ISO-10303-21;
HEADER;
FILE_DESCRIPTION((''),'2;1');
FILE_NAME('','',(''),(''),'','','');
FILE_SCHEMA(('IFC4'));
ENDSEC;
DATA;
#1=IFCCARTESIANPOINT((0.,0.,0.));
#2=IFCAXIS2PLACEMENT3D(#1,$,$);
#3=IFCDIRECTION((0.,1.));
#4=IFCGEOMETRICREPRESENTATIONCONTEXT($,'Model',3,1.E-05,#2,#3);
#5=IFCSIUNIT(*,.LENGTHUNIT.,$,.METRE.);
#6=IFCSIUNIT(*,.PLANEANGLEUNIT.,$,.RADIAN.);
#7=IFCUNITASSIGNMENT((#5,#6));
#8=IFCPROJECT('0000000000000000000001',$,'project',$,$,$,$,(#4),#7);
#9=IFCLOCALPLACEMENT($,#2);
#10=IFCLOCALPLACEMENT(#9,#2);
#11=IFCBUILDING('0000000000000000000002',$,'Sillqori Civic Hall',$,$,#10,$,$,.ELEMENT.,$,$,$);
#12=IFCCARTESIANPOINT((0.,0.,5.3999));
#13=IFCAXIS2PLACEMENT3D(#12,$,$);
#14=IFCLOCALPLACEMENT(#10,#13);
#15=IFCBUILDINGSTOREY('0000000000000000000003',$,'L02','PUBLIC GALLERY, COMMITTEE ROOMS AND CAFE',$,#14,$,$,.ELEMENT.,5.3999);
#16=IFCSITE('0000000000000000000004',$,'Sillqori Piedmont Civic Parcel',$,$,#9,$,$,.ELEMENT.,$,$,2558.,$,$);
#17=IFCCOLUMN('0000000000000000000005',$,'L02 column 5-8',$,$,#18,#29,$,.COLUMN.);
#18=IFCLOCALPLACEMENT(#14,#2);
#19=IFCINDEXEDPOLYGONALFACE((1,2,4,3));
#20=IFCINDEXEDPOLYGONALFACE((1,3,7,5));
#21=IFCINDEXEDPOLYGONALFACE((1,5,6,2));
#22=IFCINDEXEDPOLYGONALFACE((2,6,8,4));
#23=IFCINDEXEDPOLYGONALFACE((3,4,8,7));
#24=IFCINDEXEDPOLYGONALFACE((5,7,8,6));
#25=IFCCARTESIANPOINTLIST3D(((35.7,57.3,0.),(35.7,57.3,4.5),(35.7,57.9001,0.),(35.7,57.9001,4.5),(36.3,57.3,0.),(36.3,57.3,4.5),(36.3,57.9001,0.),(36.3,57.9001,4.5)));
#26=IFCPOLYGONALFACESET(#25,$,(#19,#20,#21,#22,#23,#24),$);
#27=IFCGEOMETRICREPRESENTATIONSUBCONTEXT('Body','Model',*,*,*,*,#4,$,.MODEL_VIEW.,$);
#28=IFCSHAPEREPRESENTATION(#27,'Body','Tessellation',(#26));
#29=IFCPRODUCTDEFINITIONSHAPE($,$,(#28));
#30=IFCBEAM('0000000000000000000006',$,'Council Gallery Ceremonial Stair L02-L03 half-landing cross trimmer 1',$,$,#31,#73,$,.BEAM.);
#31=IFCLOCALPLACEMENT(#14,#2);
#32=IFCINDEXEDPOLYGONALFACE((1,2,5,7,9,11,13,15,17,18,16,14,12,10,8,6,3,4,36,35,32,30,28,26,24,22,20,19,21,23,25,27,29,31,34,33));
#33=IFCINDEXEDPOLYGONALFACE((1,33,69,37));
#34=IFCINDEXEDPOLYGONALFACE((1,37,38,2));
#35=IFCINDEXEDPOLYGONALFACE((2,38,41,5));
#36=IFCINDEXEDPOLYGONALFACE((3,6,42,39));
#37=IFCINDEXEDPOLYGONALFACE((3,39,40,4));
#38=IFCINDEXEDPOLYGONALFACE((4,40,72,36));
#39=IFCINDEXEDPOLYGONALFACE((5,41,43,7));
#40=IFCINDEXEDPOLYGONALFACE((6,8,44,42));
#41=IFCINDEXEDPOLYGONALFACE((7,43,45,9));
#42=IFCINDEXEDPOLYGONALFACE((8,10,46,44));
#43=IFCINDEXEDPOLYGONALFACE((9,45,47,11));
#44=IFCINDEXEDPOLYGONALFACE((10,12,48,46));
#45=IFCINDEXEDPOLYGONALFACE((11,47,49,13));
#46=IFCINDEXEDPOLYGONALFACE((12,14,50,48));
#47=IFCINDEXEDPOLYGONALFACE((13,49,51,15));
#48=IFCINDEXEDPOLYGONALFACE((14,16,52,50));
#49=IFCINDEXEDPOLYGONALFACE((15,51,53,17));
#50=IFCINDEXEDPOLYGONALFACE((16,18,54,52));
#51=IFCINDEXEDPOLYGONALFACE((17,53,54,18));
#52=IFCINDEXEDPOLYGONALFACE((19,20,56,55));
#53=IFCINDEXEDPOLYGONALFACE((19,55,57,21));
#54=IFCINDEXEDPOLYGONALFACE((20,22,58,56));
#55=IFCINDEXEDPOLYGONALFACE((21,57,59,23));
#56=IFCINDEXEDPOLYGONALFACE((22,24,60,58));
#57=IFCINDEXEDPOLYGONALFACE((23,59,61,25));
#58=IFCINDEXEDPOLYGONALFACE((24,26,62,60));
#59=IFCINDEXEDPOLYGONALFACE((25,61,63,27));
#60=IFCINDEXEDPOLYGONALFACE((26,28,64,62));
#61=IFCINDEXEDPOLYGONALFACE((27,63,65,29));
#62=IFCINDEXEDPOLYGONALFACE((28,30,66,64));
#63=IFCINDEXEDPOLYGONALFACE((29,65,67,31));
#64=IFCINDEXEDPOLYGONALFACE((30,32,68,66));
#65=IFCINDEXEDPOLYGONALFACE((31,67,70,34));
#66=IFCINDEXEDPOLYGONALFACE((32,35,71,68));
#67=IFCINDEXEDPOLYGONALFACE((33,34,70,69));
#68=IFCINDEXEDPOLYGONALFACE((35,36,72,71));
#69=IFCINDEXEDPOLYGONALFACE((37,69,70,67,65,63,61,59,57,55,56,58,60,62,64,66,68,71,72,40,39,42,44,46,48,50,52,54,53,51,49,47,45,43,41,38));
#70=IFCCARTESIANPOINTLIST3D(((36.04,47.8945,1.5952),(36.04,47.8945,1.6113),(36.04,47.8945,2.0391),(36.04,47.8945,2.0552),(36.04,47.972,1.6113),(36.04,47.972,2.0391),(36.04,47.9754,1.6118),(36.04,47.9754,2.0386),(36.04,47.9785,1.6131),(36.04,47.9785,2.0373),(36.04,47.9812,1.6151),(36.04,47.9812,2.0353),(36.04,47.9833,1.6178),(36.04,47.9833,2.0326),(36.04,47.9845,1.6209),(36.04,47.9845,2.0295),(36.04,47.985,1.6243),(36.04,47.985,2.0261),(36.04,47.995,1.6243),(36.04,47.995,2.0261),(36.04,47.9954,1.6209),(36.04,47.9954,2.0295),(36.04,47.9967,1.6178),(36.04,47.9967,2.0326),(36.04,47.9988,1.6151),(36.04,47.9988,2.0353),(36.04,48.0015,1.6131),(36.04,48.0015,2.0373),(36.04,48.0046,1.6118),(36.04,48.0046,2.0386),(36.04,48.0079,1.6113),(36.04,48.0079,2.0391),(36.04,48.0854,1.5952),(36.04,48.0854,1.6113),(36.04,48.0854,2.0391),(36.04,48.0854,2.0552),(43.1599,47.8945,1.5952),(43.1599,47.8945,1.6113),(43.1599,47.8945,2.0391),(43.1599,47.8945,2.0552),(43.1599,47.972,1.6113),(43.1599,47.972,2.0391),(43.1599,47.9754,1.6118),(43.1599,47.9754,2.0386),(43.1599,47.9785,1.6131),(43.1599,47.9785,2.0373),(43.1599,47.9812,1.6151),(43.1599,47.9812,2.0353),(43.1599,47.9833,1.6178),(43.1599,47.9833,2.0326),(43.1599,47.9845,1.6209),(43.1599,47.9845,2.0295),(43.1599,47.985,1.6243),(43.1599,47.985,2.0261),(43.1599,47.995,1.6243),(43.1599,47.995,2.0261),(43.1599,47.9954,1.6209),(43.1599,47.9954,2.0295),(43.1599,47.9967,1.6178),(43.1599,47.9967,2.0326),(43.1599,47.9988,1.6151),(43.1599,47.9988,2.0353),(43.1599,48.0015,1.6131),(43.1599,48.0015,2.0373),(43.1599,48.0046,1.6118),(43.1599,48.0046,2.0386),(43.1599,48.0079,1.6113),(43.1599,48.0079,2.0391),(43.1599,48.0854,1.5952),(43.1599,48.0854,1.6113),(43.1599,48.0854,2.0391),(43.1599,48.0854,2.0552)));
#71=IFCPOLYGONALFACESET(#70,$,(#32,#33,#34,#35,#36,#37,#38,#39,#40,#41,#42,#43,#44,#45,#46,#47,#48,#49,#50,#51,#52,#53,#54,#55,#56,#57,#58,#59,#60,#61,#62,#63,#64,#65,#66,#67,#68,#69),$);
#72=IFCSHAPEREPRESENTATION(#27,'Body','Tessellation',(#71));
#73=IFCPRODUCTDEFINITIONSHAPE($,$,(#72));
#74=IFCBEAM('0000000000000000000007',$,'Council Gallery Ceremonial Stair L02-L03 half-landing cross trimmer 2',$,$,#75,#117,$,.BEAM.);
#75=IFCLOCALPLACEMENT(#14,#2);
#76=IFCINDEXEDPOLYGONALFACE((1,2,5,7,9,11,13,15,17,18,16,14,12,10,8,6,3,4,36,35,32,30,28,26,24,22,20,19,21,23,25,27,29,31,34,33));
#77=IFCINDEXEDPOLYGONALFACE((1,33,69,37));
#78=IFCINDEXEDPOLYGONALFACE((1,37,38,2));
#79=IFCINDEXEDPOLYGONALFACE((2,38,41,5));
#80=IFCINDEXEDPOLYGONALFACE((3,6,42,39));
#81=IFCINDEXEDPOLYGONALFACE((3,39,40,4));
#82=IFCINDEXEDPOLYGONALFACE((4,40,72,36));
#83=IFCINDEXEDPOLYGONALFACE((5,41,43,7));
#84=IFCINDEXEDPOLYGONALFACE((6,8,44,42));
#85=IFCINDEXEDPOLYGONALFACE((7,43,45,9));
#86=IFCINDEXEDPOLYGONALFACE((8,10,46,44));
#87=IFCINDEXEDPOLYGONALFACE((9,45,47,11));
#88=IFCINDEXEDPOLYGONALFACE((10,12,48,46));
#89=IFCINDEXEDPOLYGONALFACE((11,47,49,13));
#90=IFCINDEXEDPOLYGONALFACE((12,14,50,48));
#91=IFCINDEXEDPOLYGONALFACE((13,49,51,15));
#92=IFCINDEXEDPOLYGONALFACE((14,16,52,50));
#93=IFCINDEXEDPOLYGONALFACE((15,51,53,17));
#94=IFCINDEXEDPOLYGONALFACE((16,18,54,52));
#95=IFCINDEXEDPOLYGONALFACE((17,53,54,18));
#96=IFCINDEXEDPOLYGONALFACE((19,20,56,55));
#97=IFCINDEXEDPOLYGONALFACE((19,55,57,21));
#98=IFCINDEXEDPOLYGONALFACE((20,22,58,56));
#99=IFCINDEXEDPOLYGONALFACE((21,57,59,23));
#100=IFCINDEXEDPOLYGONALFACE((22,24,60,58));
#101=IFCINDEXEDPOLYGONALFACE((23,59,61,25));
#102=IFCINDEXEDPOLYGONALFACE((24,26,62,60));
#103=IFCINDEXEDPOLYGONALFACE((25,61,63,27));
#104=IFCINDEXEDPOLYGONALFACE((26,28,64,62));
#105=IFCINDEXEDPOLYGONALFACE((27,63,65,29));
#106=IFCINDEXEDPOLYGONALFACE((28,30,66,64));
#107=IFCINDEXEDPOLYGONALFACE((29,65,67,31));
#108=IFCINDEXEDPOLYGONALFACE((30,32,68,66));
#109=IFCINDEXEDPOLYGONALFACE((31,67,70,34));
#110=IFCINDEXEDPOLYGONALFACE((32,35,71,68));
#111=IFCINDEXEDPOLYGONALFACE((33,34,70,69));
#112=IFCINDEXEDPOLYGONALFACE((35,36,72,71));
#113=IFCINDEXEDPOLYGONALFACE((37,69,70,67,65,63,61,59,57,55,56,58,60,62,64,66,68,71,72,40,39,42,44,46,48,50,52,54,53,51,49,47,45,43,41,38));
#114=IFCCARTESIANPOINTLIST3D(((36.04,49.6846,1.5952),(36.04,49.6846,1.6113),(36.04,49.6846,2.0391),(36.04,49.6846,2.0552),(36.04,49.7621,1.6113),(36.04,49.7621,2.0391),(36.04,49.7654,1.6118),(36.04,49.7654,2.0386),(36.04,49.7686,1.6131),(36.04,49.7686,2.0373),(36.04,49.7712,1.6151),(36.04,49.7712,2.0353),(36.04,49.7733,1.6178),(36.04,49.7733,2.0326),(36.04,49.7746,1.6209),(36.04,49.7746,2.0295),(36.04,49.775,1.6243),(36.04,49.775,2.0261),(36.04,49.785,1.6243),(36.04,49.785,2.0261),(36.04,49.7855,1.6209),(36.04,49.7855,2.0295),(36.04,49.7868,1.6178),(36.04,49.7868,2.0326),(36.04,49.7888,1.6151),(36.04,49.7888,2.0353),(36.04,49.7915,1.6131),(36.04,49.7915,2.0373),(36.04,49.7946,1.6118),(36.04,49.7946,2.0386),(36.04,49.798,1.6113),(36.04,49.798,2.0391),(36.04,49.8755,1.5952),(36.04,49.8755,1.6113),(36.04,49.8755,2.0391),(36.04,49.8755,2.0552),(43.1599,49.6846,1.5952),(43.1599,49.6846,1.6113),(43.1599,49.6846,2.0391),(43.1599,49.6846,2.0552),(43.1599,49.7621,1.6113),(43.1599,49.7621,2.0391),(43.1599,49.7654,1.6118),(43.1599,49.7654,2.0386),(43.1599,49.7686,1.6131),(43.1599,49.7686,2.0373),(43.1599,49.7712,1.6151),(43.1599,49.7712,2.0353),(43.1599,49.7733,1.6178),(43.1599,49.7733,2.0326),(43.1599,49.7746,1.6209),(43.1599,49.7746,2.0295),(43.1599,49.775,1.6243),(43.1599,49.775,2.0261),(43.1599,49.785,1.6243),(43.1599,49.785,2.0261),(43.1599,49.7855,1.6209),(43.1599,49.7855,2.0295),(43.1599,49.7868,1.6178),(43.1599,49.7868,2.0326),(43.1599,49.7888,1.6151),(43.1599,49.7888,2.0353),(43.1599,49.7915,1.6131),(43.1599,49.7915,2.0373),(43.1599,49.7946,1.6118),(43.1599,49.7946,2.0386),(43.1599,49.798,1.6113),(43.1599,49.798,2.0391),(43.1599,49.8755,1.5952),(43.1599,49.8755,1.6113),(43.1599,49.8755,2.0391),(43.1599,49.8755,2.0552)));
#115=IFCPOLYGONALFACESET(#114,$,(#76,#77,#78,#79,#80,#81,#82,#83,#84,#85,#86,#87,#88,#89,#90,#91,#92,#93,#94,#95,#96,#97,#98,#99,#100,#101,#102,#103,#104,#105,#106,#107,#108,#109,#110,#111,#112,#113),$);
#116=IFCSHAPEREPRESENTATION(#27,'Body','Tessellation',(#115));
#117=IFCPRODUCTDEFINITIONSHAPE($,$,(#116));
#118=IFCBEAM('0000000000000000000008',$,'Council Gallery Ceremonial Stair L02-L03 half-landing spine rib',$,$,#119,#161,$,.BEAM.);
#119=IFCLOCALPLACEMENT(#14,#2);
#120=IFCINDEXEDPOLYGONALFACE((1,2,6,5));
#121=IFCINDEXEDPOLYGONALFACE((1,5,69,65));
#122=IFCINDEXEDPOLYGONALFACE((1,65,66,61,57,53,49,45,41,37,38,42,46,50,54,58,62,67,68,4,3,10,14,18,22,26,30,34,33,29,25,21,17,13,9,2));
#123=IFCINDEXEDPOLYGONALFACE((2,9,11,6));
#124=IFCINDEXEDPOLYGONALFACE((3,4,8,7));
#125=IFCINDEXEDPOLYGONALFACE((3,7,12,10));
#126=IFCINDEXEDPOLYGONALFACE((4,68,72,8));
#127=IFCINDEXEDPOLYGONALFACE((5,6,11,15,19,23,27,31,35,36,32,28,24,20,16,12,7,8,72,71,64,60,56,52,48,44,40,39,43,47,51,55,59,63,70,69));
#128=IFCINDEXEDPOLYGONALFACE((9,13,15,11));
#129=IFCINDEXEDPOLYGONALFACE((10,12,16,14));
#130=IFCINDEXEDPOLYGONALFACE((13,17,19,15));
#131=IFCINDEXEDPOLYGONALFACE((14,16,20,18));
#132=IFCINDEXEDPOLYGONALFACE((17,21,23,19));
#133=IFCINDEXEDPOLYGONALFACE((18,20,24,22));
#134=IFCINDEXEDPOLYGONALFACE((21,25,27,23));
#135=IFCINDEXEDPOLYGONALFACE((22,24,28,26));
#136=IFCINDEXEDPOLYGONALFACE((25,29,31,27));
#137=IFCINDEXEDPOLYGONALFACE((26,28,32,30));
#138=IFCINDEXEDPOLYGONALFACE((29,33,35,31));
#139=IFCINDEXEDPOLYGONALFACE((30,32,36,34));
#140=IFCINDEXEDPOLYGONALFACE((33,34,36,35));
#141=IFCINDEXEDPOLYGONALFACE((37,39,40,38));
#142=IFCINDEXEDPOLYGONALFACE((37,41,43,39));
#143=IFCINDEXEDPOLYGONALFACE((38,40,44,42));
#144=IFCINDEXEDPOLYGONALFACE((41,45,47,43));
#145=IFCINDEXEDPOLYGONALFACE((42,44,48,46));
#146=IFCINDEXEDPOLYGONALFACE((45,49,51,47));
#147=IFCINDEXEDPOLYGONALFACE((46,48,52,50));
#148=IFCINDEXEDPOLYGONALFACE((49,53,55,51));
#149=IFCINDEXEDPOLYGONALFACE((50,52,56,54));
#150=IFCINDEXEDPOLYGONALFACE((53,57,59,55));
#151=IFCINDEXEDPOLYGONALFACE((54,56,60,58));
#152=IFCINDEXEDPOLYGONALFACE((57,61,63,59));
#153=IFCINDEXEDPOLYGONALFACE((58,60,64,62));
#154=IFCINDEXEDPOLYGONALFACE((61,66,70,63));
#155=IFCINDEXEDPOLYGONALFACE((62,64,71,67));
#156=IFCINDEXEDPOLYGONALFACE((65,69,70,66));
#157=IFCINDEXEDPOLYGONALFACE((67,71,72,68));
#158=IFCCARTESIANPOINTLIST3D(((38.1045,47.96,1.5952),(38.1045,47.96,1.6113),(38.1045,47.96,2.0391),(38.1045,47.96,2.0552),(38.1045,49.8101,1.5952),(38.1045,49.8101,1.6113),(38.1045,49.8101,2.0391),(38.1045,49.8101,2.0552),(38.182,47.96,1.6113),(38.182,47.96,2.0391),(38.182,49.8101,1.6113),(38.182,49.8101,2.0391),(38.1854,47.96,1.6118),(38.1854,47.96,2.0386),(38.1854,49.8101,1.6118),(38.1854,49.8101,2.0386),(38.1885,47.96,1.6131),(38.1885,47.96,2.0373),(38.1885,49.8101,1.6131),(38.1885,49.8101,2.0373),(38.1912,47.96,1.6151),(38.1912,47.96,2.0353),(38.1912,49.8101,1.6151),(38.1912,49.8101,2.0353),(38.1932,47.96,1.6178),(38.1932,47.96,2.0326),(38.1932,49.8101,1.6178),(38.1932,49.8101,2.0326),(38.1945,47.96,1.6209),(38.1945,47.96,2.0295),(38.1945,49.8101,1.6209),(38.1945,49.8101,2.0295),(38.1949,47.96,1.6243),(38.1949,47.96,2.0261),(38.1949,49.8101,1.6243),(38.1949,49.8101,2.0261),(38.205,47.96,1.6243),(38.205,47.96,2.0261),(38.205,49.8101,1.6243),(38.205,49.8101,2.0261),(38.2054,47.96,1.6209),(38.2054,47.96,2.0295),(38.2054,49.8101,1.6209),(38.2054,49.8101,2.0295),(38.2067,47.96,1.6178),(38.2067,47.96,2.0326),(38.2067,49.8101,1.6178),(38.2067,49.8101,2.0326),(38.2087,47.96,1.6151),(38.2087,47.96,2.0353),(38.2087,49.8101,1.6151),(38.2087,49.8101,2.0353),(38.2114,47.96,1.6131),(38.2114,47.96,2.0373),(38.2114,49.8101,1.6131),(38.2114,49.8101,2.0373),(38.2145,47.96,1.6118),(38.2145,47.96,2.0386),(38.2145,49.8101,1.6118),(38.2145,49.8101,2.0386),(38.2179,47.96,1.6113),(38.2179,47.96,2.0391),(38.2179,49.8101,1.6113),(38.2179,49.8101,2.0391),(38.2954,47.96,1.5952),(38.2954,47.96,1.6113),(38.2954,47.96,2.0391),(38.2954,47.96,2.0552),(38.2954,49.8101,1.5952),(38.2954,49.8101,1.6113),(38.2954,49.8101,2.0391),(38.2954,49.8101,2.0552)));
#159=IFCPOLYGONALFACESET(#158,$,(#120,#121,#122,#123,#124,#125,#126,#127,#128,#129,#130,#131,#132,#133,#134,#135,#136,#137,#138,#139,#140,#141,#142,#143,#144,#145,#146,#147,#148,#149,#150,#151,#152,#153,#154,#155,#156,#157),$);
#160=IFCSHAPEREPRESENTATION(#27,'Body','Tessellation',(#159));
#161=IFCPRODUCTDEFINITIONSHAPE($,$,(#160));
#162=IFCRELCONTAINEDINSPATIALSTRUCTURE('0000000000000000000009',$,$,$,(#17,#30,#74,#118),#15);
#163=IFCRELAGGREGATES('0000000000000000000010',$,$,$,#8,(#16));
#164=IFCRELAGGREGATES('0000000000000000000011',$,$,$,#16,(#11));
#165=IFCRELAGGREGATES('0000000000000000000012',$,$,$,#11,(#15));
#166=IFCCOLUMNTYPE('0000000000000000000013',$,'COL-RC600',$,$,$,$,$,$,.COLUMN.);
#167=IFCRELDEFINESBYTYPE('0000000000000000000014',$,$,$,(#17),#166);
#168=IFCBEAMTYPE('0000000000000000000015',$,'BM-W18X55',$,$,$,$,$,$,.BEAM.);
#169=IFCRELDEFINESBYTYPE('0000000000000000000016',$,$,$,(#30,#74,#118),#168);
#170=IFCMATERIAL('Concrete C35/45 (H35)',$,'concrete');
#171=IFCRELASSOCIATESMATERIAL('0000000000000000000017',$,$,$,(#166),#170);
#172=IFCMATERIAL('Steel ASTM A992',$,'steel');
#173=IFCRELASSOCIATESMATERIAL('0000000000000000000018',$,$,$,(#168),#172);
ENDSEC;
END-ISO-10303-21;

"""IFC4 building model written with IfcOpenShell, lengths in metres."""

from ifc_helpers import new_model, si_unit, direction, frame, origin, origin_2d, place, context, subcontext, project, spatial, rectangle, i_section, extrude, material, material_profile, profile_set, type_object, element, save


model = new_model("IFC4")

# Units and contexts
model_context = context("Model", 3, precision=1e-05, world=origin(), true_north=direction((0.0, 1.0)))
body_context = subcontext(model_context, "Body", "Model", "MODEL_VIEW")
ifc_project = project(units=[si_unit("LENGTHUNIT", "METRE"), si_unit("PLANEANGLEUNIT", "RADIAN")], contexts=[model_context])

# Site, building, storey
site_placement = place(None, origin())
site = spatial("IfcSite", under=ifc_project, at=site_placement, Name="Sillqori Piedmont Civic Parcel", CompositionType="ELEMENT", RefElevation=2558.0)
building_placement = place(site_placement, origin())
building = spatial("IfcBuilding", under=site, at=building_placement, Name="Sillqori Civic Hall", CompositionType="ELEMENT")
storey_placement = place(building_placement, frame((0.0, 0.0, 5.3999)))
storey = spatial("IfcBuildingStorey", under=building, at=storey_placement, Name="L02", Description="PUBLIC GALLERY, COMMITTEE ROOMS AND CAFE", CompositionType="ELEMENT", Elevation=5.3999)

# Column
ifc_material_1 = material(Name="Concrete C35/45 (H35)", Category="concrete")
ifc_material_profile_1 = material_profile(ifc_material_1, rectangle(XDim=0.6001, YDim=0.6001, at=origin_2d()), Name="RC 600x600")
ifc_profile_set_1 = profile_set([ifc_material_profile_1], Name="Concrete C35/45 (H35)")
column_type = type_object("IfcColumnType", Name="COL-RC600", PredefinedType="COLUMN", material=ifc_profile_set_1)
column_placement = place(storey_placement, frame((36.0, 57.6001, 0.0), z_axis=(0.0, 0.0, 1.0), x_axis=(1.0, 0.0, 0.0)))
element("IfcColumn", 1, at=column_placement, inside=storey, type_object=column_type, Name="L02 column 5-8", PredefinedType="COLUMN", context=body_context, shape_type="SweptSolid", body=[
    extrude(rectangle(XDim=0.6001, YDim=0.6001, at=origin_2d()), origin(), (0.0, 0.0, 1.0), 4.5),
])

# Beams
ifc_material_2 = material(Name="Steel ASTM A992", Category="steel")
ifc_material_profile_2 = material_profile(ifc_material_2, i_section(OverallWidth=0.1909, OverallDepth=0.46, WebThickness=0.01, FlangeThickness=0.0161, FilletRadius=0.0129, at=origin_2d()), Name="W18X55")
ifc_profile_set_2 = profile_set([ifc_material_profile_2], Name="Steel ASTM A992")
beam_type_1 = type_object("IfcBeamType", Name="BM-W18X55", PredefinedType="BEAM", material=ifc_profile_set_2)
for number, where, z_axis, x_axis, name in (
    (2, (36.04, 47.99, 1.8252), (1.0, 0.0, 0.0), (0.0, 1.0, 0.0), "Council Gallery Ceremonial Stair L02-L03 half-landing cross trimmer 1"),
    (3, (36.04, 49.78, 1.8252), (1.0, 0.0, 0.0), (0.0, 1.0, 0.0), "Council Gallery Ceremonial Stair L02-L03 half-landing cross trimmer 2"),
):
    element("IfcBeam", number, at=place(storey_placement, frame(where, z_axis=z_axis, x_axis=x_axis)), inside=storey, type_object=beam_type_1, Name=name, PredefinedType="BEAM", context=body_context, shape_type="SweptSolid", body=[
        extrude(i_section(OverallWidth=0.1909, OverallDepth=0.46, WebThickness=0.01, FlangeThickness=0.0161, FilletRadius=0.0129, at=origin_2d()), origin(), (0.0, 0.0, 1.0), 7.1199),
    ])
beam_1_placement = place(storey_placement, frame((38.2, 47.96, 1.8252), z_axis=(0.0, 1.0, 0.0), x_axis=(-1.0, 0.0, 0.0)))
element("IfcBeam", 4, at=beam_1_placement, inside=storey, type_object=beam_type_1, Name="Council Gallery Ceremonial Stair L02-L03 half-landing spine rib", PredefinedType="BEAM", context=body_context, shape_type="SweptSolid", body=[
    extrude(i_section(OverallWidth=0.1909, OverallDepth=0.46, WebThickness=0.01, FlangeThickness=0.0161, FilletRadius=0.0129, at=origin_2d()), origin(), (0.0, 0.0, 1.0), 1.8501),
])

save(model, "model.ifc")
